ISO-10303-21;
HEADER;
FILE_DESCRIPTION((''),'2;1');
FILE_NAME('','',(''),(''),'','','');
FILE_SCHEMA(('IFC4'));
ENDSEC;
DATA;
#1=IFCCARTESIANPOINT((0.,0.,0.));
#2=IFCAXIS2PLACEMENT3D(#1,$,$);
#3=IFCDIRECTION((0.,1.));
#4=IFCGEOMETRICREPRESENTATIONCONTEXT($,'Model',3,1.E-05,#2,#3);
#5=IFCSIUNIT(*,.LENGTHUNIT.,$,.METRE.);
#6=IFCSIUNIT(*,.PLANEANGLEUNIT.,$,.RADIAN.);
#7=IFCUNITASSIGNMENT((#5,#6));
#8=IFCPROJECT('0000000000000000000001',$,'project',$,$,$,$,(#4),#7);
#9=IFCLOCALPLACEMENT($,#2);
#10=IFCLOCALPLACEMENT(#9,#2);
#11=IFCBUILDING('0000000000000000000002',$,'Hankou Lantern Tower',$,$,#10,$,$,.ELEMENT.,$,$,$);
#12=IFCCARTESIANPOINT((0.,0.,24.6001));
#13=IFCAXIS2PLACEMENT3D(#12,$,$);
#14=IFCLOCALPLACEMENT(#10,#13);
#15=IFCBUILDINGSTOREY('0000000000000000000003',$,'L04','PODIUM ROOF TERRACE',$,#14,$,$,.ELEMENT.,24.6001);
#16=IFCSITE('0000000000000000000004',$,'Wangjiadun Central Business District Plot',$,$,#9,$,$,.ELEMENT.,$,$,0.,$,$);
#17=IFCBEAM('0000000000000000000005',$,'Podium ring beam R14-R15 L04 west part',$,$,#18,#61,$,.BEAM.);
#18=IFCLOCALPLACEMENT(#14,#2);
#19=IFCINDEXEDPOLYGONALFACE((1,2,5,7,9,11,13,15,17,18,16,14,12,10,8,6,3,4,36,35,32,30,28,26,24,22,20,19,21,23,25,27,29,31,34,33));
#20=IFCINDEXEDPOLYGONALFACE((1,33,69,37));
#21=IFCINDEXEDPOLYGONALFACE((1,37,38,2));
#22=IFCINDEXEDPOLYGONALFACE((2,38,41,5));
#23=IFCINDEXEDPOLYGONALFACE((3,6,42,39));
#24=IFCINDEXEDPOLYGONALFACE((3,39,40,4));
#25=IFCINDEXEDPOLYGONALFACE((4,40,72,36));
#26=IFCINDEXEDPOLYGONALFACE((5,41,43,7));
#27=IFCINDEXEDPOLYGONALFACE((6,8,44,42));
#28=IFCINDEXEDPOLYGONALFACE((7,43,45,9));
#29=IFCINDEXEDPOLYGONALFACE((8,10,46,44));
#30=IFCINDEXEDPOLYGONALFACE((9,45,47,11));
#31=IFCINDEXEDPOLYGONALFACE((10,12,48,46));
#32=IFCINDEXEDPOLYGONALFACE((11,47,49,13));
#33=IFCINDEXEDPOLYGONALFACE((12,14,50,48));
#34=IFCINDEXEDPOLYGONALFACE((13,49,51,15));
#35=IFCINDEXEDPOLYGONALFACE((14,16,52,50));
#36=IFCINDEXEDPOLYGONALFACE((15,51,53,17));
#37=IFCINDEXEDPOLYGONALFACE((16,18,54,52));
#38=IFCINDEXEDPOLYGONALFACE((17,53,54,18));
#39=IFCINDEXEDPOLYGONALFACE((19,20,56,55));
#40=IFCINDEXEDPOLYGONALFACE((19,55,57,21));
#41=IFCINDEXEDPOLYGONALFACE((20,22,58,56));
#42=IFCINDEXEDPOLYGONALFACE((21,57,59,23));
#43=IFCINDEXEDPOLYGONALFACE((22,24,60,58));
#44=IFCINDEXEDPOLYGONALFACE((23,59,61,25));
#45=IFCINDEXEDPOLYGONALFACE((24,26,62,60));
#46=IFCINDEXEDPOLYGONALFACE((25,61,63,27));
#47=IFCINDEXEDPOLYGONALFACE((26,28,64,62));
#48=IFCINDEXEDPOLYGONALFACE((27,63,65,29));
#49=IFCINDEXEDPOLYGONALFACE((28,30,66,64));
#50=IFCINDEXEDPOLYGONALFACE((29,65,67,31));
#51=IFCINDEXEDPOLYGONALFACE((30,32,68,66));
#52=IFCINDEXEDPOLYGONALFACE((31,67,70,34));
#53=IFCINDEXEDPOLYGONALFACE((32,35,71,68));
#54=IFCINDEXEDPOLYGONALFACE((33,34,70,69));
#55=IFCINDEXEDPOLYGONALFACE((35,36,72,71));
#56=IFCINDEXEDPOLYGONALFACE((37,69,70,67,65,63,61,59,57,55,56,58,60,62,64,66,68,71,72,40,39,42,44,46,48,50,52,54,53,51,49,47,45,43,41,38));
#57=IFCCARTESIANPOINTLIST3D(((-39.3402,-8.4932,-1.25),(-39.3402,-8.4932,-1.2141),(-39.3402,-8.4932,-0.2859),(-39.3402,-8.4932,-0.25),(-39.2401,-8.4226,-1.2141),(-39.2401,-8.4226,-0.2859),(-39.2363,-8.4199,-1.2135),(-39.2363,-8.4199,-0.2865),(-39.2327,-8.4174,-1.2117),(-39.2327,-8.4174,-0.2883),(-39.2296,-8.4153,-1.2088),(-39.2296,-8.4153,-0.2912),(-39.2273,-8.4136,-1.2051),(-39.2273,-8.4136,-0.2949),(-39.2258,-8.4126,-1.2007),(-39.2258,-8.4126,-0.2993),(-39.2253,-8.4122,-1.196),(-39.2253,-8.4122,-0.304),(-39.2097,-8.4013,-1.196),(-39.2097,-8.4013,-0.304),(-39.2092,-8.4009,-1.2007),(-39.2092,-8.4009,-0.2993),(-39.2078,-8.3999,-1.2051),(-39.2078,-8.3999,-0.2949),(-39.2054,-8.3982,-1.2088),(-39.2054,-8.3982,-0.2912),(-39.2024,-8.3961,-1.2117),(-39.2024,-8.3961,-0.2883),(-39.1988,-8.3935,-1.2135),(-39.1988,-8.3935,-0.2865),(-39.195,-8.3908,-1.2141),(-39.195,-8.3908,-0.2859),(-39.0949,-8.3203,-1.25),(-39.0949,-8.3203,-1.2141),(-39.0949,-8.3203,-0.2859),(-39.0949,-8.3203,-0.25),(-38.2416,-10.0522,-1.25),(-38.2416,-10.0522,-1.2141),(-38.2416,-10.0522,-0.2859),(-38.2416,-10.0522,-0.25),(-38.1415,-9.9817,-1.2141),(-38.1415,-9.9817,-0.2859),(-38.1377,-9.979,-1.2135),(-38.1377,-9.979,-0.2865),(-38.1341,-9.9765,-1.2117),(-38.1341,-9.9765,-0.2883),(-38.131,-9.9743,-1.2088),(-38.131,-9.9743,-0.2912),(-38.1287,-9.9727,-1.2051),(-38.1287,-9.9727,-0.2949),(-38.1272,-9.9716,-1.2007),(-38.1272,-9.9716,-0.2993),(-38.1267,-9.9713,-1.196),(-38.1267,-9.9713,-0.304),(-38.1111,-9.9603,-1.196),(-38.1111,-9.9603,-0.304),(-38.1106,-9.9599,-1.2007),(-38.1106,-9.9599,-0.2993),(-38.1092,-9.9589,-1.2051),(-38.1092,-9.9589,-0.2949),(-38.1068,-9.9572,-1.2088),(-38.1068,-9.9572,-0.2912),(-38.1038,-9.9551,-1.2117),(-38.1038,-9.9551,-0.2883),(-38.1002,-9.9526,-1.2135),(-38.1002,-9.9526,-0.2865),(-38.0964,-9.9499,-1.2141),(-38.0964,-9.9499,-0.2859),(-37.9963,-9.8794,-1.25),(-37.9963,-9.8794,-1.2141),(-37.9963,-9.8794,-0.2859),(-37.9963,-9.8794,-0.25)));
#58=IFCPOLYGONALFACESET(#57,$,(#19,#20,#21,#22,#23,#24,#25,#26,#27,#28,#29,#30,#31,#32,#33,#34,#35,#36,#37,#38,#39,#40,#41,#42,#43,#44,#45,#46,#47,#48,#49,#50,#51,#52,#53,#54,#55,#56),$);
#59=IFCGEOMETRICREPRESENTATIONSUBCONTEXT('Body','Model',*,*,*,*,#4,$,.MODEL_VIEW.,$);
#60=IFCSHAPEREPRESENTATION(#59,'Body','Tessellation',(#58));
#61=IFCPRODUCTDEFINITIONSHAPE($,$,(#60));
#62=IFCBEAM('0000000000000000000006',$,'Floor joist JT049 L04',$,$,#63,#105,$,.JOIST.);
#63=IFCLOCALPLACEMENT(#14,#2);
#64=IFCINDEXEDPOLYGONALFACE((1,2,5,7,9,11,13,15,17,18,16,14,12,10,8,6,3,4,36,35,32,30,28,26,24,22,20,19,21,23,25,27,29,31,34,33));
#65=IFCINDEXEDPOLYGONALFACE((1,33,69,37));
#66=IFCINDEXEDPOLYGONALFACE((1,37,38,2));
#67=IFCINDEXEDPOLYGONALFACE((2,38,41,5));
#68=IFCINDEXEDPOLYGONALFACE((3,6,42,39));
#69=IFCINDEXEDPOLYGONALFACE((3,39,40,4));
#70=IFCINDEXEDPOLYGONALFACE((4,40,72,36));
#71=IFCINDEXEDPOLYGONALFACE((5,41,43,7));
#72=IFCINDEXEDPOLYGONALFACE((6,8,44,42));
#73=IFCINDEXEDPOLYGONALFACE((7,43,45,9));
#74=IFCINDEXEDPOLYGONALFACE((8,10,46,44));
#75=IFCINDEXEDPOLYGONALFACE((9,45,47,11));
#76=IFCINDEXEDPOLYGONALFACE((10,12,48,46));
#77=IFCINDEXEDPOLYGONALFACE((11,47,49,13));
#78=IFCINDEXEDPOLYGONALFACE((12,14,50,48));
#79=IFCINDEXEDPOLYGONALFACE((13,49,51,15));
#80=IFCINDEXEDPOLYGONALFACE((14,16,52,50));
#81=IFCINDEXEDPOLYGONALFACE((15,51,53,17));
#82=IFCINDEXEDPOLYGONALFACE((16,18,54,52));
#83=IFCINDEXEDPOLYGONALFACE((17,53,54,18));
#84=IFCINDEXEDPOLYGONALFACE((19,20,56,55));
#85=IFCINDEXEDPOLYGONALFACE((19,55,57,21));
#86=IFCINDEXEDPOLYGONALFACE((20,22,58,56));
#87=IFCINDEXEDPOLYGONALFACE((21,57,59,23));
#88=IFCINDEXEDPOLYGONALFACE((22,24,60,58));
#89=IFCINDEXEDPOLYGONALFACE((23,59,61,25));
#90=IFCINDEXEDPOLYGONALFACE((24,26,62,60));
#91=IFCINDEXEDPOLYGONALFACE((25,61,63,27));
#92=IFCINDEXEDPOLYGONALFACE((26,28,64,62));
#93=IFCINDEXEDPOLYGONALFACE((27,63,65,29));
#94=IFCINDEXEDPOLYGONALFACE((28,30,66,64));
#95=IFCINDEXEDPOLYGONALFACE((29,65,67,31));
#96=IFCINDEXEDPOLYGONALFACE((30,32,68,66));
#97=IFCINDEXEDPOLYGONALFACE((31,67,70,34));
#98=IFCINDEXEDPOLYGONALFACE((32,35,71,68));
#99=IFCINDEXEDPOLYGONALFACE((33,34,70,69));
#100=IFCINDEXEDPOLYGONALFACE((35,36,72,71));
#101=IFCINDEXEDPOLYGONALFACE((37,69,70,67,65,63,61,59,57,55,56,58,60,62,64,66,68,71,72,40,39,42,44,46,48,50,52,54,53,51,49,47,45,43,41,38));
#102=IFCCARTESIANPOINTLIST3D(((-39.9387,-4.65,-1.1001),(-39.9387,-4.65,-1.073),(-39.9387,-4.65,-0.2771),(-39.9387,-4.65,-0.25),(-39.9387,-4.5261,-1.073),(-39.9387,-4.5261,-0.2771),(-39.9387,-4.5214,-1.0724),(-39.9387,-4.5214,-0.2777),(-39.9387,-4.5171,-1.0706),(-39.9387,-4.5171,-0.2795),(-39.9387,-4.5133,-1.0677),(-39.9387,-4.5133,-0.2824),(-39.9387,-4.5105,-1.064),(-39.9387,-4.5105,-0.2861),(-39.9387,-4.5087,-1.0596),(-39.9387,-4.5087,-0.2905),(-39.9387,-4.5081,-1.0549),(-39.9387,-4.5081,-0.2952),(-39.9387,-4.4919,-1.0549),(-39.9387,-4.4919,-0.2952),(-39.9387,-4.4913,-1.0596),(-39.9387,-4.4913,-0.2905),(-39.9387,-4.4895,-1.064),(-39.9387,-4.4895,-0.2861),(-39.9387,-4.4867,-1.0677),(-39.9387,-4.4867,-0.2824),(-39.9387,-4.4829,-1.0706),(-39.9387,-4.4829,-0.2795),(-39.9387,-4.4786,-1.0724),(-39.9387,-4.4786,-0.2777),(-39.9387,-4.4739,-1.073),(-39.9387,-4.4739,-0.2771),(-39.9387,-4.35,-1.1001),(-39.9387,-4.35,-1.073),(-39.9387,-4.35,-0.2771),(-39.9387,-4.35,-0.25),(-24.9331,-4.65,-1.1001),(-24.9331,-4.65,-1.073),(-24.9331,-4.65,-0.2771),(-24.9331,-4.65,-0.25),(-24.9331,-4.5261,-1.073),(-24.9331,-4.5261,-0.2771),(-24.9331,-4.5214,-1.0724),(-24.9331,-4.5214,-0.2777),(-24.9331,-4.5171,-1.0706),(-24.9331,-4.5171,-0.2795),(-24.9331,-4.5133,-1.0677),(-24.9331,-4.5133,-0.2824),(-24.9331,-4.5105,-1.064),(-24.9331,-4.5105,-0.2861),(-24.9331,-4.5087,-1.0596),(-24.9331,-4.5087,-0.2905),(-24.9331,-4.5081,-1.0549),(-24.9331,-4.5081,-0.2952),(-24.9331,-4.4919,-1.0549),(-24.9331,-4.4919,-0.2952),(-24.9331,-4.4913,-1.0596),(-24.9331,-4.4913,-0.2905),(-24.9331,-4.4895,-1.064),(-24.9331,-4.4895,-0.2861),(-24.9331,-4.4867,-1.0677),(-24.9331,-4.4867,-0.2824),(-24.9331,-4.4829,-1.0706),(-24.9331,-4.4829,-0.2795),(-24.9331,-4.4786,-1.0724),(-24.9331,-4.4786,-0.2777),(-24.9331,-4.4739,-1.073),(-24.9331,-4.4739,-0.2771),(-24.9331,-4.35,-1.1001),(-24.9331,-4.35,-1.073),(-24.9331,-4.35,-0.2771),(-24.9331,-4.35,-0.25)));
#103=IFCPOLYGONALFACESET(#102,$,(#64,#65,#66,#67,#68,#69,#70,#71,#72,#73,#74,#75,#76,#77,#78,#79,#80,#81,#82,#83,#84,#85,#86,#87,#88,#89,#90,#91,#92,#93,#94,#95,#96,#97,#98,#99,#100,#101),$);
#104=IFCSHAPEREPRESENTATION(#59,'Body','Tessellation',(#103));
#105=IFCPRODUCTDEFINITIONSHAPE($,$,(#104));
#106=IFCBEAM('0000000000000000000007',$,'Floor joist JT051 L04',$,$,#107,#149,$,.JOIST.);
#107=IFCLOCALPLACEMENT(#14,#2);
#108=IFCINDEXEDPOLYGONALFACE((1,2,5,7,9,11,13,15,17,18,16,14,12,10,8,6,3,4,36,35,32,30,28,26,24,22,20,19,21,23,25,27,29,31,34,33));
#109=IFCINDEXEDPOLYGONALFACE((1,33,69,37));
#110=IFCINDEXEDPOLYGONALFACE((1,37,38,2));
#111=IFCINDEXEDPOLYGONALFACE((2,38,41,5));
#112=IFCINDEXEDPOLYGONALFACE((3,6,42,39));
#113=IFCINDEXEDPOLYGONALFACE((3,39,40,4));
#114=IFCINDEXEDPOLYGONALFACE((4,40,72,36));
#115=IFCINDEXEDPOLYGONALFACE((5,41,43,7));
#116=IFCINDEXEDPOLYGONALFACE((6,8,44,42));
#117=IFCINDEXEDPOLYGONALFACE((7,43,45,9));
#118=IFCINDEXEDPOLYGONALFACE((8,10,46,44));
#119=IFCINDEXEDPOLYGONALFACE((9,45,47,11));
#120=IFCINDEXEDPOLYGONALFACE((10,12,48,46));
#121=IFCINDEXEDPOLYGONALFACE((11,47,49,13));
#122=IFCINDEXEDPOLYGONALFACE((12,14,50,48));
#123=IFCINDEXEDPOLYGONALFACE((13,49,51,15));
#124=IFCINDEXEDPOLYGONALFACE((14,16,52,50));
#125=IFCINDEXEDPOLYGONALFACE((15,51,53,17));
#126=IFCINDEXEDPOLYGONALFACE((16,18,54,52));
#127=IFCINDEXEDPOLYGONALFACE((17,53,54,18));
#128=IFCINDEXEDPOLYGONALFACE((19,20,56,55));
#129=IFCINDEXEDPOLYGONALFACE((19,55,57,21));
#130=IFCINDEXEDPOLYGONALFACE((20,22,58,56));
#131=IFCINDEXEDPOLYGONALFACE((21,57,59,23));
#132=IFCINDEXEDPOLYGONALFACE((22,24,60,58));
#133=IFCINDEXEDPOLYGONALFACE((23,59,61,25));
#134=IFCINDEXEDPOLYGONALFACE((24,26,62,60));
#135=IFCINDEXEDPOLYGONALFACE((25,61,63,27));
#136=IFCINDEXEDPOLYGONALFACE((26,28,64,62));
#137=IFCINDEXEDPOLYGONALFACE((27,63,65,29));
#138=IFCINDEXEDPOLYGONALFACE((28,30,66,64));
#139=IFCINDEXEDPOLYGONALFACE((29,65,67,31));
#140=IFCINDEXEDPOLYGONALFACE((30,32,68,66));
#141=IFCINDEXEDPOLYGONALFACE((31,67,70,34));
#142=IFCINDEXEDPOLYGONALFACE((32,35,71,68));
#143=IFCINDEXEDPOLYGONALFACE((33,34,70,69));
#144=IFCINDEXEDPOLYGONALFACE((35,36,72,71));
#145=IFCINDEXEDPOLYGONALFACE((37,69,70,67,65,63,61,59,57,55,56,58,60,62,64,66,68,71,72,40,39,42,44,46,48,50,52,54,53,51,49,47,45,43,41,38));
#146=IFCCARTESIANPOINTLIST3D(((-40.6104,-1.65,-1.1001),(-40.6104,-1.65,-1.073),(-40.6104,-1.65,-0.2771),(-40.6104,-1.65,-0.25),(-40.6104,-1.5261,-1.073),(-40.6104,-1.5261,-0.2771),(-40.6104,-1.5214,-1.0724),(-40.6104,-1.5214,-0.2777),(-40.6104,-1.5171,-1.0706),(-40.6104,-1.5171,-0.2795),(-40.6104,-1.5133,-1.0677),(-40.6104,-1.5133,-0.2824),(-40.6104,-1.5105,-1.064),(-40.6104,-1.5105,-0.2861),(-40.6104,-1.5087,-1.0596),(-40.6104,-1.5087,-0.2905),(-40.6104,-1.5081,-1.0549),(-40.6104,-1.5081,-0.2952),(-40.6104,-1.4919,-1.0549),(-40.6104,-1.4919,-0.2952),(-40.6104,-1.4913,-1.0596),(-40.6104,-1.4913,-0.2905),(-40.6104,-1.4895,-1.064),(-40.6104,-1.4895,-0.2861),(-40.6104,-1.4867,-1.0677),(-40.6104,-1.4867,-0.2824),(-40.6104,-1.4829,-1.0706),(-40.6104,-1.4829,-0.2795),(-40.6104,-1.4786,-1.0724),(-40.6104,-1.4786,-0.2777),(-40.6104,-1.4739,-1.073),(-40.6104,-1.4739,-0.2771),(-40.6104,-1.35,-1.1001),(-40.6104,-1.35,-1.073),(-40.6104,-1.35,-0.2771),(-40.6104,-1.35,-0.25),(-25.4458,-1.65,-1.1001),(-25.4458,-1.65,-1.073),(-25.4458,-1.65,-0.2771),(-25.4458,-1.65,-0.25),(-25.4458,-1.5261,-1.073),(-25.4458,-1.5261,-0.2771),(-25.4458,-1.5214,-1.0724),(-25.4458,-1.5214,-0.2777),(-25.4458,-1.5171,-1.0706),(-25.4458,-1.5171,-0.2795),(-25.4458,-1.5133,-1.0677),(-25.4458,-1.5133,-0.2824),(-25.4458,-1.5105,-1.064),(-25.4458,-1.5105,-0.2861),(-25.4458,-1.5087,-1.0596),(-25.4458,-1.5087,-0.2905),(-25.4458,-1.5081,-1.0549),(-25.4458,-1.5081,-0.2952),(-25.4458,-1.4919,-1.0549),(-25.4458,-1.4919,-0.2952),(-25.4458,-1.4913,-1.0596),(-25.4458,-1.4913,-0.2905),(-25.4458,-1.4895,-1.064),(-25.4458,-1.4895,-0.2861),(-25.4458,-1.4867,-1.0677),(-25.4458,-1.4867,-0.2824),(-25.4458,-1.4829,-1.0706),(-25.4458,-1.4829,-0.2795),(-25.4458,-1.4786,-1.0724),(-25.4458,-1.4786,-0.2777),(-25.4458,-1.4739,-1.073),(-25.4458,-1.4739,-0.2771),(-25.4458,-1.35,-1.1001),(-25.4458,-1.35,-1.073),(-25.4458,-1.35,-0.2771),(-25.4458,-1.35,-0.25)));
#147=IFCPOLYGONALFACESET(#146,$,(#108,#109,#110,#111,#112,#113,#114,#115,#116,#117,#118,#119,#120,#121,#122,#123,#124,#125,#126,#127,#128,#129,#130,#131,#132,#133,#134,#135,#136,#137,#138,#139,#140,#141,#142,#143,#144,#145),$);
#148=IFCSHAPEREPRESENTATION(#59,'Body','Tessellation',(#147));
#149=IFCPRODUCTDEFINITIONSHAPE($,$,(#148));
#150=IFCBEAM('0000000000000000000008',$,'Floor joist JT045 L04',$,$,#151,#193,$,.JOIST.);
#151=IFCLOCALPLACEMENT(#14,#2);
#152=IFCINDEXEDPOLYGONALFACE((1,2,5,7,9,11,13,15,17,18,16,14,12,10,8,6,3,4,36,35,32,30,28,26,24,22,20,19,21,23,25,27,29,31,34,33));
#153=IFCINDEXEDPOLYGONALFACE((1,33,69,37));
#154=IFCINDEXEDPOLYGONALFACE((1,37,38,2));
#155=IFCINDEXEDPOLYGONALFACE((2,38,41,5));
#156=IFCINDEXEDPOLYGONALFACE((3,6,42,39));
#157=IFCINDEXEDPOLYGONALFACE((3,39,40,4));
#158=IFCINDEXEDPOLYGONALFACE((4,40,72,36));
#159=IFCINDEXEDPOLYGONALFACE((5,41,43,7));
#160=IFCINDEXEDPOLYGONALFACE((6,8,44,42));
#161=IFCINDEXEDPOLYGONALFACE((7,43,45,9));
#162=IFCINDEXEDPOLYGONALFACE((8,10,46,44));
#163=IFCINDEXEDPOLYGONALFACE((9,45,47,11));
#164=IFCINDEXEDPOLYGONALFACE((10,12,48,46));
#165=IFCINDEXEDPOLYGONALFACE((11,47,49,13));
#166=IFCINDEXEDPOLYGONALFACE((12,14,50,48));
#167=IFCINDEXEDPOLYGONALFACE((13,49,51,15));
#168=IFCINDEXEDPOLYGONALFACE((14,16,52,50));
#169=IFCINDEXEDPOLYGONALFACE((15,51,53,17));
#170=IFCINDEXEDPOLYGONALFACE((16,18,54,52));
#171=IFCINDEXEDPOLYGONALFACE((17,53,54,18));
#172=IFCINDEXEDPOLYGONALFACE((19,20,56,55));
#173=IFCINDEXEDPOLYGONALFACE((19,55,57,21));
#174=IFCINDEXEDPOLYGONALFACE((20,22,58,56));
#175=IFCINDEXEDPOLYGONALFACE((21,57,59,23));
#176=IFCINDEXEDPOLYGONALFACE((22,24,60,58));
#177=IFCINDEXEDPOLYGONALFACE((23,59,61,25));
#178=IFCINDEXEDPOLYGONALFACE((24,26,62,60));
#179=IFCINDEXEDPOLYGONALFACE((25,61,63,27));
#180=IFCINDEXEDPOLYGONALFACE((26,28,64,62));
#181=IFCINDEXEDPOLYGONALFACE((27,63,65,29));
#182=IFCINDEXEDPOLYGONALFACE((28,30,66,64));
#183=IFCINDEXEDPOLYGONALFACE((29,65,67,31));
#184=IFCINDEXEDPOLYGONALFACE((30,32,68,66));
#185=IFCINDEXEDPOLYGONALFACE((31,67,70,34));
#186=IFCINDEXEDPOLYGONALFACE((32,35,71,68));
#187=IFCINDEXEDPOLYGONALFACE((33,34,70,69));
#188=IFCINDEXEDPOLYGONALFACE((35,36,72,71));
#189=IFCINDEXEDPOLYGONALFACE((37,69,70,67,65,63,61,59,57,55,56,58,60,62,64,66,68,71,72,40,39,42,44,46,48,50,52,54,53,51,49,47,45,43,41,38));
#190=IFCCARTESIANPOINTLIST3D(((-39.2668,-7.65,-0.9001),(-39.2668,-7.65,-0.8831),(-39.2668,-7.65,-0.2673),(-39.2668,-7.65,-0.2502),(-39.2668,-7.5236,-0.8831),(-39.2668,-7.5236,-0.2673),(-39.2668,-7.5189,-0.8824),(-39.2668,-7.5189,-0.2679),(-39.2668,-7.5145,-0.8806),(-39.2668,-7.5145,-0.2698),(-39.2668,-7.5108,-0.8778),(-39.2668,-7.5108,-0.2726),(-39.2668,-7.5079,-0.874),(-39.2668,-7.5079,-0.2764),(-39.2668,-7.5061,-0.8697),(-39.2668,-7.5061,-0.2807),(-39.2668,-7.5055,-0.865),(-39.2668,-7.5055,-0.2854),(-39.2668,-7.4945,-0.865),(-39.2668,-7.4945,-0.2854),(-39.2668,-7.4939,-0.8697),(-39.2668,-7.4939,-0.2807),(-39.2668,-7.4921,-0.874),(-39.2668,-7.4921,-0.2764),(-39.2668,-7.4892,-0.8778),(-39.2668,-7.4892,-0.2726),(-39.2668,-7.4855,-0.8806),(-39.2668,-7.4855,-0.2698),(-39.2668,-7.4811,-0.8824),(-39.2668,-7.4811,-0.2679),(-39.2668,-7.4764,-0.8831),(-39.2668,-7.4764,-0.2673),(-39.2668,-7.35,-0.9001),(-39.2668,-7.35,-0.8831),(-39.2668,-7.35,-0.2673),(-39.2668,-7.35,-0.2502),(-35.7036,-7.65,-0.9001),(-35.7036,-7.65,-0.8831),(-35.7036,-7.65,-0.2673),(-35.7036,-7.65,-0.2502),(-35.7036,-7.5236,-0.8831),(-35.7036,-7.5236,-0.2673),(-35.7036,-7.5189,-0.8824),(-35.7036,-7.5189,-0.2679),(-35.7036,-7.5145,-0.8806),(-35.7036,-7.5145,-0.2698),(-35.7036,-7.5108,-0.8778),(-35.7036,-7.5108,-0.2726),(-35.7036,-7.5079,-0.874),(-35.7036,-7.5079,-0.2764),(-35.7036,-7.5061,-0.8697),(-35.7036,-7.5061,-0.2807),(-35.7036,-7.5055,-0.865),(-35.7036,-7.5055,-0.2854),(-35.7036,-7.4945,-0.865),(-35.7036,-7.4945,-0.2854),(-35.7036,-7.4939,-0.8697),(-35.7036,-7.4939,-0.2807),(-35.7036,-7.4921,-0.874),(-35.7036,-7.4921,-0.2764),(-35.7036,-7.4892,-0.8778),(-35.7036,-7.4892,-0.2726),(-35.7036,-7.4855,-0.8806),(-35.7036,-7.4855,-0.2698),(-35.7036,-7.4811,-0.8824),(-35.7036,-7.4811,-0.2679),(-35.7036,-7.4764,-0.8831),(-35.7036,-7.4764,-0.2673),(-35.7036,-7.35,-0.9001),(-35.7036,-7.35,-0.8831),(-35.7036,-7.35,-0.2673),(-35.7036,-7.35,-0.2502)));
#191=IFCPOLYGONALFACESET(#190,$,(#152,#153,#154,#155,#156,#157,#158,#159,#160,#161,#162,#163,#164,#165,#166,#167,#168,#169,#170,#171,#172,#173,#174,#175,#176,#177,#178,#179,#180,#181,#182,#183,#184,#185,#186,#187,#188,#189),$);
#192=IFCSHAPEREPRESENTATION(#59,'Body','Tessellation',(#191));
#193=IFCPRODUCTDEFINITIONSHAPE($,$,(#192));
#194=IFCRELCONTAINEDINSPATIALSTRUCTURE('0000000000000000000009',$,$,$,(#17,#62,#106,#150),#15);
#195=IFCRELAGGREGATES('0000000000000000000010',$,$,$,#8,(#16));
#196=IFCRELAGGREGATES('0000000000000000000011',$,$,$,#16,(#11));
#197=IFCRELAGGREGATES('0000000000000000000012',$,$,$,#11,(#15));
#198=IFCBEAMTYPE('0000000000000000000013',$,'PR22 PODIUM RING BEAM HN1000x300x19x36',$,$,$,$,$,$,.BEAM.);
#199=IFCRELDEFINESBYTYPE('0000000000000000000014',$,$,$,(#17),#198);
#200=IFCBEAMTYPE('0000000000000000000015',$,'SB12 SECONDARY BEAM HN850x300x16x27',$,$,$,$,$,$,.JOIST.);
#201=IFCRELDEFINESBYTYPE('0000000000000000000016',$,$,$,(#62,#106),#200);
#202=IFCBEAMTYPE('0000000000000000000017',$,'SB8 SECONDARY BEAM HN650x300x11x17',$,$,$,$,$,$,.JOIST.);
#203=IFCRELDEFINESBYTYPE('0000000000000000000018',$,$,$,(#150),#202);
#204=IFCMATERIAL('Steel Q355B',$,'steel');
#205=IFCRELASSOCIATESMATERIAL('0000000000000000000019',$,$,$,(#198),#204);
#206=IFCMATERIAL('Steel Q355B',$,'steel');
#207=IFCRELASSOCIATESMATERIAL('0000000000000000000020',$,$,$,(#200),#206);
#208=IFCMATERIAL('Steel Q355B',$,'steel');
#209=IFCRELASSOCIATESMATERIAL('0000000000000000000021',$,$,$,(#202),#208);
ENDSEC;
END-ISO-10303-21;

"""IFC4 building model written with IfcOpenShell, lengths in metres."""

from ifc_helpers import new_model, si_unit, direction, frame, origin, origin_2d, place, context, subcontext, project, spatial, i_section, extrude, material, material_profile, profile_set, type_object, element, save


model = new_model("IFC4")

# Units and contexts
model_context = context("Model", 3, precision=1e-05, world=origin(), true_north=direction((0.0, 1.0)))
body_context = subcontext(model_context, "Body", "Model", "MODEL_VIEW")
ifc_project = project(units=[si_unit("LENGTHUNIT", "METRE"), si_unit("PLANEANGLEUNIT", "RADIAN")], contexts=[model_context])

# Site, building, storey
site_placement = place(None, origin())
site = spatial("IfcSite", under=ifc_project, at=site_placement, Name="Wangjiadun Central Business District Plot", CompositionType="ELEMENT", RefElevation=0.0)
building_placement = place(site_placement, origin())
building = spatial("IfcBuilding", under=site, at=building_placement, Name="Hankou Lantern Tower", CompositionType="ELEMENT")
storey_placement = place(building_placement, frame((0.0, 0.0, 24.6001)))
storey = spatial("IfcBuildingStorey", under=building, at=storey_placement, Name="L04", Description="PODIUM ROOF TERRACE", CompositionType="ELEMENT", Elevation=24.6001)

# Beams
ifc_material_1 = material(Name="Steel Q355B", Category="steel")
ifc_material_profile_1 = material_profile(ifc_material_1, i_section(OverallWidth=0.3, OverallDepth=1.0, WebThickness=0.019, FlangeThickness=0.0359, FilletRadius=0.0181, at=origin_2d()), Name="HN1000x300x19x36")
ifc_profile_set_1 = profile_set([ifc_material_profile_1], Name="Steel Q355B")
beam_type_1 = type_object("IfcBeamType", Name="PR22 PODIUM RING BEAM HN1000x300x19x36", PredefinedType="BEAM", material=ifc_profile_set_1)
beam_1_placement = place(storey_placement, frame((-39.2175, -8.4067, -0.75), z_axis=(0.57602, -0.817436, 0.0), x_axis=(0.817436, 0.57602, 0.0)))
element("IfcBeam", 1, at=beam_1_placement, inside=storey, type_object=beam_type_1, Name="Podium ring beam R14-R15 L04 west part", PredefinedType="BEAM", context=body_context, shape_type="SweptSolid", body=[
    extrude(i_section(OverallWidth=0.3, OverallDepth=1.0, WebThickness=0.019, FlangeThickness=0.0359, FilletRadius=0.0181, at=origin_2d()), origin(), (0.0, 0.0, 1.0), 1.9072),
])
ifc_material_2 = material(Name="Steel Q355B", Category="steel")
ifc_material_profile_2 = material_profile(ifc_material_2, i_section(OverallWidth=0.3, OverallDepth=0.8501, WebThickness=0.0161, FlangeThickness=0.0271, FilletRadius=0.0181, at=origin_2d()), Name="HN850x300x16x27")
ifc_profile_set_2 = profile_set([ifc_material_profile_2], Name="Steel Q355B")
beam_type_2 = type_object("IfcBeamType", Name="SB12 SECONDARY BEAM HN850x300x16x27", PredefinedType="JOIST", material=ifc_profile_set_2)
beam_2_placement = place(storey_placement, frame((-39.9387, -4.5, -0.675), z_axis=(1.0, 0.0, 0.0), x_axis=(0.0, 1.0, 0.0)))
element("IfcBeam", 2, at=beam_2_placement, inside=storey, type_object=beam_type_2, Name="Floor joist JT049 L04", PredefinedType="JOIST", context=body_context, shape_type="SweptSolid", body=[
    extrude(i_section(OverallWidth=0.3, OverallDepth=0.8501, WebThickness=0.0161, FlangeThickness=0.0271, FilletRadius=0.0181, at=origin_2d()), origin(), (0.0, 0.0, 1.0), 15.0056),
])
beam_3_placement = place(storey_placement, frame((-40.6104, -1.5, -0.675), z_axis=(1.0, 0.0, 0.0), x_axis=(0.0, 1.0, 0.0)))
element("IfcBeam", 3, at=beam_3_placement, inside=storey, type_object=beam_type_2, Name="Floor joist JT051 L04", PredefinedType="JOIST", context=body_context, shape_type="SweptSolid", body=[
    extrude(i_section(OverallWidth=0.3, OverallDepth=0.8501, WebThickness=0.0161, FlangeThickness=0.0271, FilletRadius=0.0181, at=origin_2d()), origin(), (0.0, 0.0, 1.0), 15.1646),
])
ifc_material_3 = material(Name="Steel Q355B", Category="steel")
ifc_material_profile_3 = material_profile(ifc_material_3, i_section(OverallWidth=0.3, OverallDepth=0.6499, WebThickness=0.011, FlangeThickness=0.0171, FilletRadius=0.0181, at=origin_2d()), Name="HN650x300x11x17")
ifc_profile_set_3 = profile_set([ifc_material_profile_3], Name="Steel Q355B")
beam_type_3 = type_object("IfcBeamType", Name="SB8 SECONDARY BEAM HN650x300x11x17", PredefinedType="JOIST", material=ifc_profile_set_3)
beam_4_placement = place(storey_placement, frame((-39.2668, -7.5, -0.5752), z_axis=(1.0, 0.0, 0.0), x_axis=(0.0, 1.0, 0.0)))
element("IfcBeam", 4, at=beam_4_placement, inside=storey, type_object=beam_type_3, Name="Floor joist JT045 L04", PredefinedType="JOIST", context=body_context, shape_type="SweptSolid", body=[
    extrude(i_section(OverallWidth=0.3, OverallDepth=0.6499, WebThickness=0.011, FlangeThickness=0.0171, FilletRadius=0.0181, at=origin_2d()), origin(), (0.0, 0.0, 1.0), 3.5632),
])

save(model, "model.ifc")
